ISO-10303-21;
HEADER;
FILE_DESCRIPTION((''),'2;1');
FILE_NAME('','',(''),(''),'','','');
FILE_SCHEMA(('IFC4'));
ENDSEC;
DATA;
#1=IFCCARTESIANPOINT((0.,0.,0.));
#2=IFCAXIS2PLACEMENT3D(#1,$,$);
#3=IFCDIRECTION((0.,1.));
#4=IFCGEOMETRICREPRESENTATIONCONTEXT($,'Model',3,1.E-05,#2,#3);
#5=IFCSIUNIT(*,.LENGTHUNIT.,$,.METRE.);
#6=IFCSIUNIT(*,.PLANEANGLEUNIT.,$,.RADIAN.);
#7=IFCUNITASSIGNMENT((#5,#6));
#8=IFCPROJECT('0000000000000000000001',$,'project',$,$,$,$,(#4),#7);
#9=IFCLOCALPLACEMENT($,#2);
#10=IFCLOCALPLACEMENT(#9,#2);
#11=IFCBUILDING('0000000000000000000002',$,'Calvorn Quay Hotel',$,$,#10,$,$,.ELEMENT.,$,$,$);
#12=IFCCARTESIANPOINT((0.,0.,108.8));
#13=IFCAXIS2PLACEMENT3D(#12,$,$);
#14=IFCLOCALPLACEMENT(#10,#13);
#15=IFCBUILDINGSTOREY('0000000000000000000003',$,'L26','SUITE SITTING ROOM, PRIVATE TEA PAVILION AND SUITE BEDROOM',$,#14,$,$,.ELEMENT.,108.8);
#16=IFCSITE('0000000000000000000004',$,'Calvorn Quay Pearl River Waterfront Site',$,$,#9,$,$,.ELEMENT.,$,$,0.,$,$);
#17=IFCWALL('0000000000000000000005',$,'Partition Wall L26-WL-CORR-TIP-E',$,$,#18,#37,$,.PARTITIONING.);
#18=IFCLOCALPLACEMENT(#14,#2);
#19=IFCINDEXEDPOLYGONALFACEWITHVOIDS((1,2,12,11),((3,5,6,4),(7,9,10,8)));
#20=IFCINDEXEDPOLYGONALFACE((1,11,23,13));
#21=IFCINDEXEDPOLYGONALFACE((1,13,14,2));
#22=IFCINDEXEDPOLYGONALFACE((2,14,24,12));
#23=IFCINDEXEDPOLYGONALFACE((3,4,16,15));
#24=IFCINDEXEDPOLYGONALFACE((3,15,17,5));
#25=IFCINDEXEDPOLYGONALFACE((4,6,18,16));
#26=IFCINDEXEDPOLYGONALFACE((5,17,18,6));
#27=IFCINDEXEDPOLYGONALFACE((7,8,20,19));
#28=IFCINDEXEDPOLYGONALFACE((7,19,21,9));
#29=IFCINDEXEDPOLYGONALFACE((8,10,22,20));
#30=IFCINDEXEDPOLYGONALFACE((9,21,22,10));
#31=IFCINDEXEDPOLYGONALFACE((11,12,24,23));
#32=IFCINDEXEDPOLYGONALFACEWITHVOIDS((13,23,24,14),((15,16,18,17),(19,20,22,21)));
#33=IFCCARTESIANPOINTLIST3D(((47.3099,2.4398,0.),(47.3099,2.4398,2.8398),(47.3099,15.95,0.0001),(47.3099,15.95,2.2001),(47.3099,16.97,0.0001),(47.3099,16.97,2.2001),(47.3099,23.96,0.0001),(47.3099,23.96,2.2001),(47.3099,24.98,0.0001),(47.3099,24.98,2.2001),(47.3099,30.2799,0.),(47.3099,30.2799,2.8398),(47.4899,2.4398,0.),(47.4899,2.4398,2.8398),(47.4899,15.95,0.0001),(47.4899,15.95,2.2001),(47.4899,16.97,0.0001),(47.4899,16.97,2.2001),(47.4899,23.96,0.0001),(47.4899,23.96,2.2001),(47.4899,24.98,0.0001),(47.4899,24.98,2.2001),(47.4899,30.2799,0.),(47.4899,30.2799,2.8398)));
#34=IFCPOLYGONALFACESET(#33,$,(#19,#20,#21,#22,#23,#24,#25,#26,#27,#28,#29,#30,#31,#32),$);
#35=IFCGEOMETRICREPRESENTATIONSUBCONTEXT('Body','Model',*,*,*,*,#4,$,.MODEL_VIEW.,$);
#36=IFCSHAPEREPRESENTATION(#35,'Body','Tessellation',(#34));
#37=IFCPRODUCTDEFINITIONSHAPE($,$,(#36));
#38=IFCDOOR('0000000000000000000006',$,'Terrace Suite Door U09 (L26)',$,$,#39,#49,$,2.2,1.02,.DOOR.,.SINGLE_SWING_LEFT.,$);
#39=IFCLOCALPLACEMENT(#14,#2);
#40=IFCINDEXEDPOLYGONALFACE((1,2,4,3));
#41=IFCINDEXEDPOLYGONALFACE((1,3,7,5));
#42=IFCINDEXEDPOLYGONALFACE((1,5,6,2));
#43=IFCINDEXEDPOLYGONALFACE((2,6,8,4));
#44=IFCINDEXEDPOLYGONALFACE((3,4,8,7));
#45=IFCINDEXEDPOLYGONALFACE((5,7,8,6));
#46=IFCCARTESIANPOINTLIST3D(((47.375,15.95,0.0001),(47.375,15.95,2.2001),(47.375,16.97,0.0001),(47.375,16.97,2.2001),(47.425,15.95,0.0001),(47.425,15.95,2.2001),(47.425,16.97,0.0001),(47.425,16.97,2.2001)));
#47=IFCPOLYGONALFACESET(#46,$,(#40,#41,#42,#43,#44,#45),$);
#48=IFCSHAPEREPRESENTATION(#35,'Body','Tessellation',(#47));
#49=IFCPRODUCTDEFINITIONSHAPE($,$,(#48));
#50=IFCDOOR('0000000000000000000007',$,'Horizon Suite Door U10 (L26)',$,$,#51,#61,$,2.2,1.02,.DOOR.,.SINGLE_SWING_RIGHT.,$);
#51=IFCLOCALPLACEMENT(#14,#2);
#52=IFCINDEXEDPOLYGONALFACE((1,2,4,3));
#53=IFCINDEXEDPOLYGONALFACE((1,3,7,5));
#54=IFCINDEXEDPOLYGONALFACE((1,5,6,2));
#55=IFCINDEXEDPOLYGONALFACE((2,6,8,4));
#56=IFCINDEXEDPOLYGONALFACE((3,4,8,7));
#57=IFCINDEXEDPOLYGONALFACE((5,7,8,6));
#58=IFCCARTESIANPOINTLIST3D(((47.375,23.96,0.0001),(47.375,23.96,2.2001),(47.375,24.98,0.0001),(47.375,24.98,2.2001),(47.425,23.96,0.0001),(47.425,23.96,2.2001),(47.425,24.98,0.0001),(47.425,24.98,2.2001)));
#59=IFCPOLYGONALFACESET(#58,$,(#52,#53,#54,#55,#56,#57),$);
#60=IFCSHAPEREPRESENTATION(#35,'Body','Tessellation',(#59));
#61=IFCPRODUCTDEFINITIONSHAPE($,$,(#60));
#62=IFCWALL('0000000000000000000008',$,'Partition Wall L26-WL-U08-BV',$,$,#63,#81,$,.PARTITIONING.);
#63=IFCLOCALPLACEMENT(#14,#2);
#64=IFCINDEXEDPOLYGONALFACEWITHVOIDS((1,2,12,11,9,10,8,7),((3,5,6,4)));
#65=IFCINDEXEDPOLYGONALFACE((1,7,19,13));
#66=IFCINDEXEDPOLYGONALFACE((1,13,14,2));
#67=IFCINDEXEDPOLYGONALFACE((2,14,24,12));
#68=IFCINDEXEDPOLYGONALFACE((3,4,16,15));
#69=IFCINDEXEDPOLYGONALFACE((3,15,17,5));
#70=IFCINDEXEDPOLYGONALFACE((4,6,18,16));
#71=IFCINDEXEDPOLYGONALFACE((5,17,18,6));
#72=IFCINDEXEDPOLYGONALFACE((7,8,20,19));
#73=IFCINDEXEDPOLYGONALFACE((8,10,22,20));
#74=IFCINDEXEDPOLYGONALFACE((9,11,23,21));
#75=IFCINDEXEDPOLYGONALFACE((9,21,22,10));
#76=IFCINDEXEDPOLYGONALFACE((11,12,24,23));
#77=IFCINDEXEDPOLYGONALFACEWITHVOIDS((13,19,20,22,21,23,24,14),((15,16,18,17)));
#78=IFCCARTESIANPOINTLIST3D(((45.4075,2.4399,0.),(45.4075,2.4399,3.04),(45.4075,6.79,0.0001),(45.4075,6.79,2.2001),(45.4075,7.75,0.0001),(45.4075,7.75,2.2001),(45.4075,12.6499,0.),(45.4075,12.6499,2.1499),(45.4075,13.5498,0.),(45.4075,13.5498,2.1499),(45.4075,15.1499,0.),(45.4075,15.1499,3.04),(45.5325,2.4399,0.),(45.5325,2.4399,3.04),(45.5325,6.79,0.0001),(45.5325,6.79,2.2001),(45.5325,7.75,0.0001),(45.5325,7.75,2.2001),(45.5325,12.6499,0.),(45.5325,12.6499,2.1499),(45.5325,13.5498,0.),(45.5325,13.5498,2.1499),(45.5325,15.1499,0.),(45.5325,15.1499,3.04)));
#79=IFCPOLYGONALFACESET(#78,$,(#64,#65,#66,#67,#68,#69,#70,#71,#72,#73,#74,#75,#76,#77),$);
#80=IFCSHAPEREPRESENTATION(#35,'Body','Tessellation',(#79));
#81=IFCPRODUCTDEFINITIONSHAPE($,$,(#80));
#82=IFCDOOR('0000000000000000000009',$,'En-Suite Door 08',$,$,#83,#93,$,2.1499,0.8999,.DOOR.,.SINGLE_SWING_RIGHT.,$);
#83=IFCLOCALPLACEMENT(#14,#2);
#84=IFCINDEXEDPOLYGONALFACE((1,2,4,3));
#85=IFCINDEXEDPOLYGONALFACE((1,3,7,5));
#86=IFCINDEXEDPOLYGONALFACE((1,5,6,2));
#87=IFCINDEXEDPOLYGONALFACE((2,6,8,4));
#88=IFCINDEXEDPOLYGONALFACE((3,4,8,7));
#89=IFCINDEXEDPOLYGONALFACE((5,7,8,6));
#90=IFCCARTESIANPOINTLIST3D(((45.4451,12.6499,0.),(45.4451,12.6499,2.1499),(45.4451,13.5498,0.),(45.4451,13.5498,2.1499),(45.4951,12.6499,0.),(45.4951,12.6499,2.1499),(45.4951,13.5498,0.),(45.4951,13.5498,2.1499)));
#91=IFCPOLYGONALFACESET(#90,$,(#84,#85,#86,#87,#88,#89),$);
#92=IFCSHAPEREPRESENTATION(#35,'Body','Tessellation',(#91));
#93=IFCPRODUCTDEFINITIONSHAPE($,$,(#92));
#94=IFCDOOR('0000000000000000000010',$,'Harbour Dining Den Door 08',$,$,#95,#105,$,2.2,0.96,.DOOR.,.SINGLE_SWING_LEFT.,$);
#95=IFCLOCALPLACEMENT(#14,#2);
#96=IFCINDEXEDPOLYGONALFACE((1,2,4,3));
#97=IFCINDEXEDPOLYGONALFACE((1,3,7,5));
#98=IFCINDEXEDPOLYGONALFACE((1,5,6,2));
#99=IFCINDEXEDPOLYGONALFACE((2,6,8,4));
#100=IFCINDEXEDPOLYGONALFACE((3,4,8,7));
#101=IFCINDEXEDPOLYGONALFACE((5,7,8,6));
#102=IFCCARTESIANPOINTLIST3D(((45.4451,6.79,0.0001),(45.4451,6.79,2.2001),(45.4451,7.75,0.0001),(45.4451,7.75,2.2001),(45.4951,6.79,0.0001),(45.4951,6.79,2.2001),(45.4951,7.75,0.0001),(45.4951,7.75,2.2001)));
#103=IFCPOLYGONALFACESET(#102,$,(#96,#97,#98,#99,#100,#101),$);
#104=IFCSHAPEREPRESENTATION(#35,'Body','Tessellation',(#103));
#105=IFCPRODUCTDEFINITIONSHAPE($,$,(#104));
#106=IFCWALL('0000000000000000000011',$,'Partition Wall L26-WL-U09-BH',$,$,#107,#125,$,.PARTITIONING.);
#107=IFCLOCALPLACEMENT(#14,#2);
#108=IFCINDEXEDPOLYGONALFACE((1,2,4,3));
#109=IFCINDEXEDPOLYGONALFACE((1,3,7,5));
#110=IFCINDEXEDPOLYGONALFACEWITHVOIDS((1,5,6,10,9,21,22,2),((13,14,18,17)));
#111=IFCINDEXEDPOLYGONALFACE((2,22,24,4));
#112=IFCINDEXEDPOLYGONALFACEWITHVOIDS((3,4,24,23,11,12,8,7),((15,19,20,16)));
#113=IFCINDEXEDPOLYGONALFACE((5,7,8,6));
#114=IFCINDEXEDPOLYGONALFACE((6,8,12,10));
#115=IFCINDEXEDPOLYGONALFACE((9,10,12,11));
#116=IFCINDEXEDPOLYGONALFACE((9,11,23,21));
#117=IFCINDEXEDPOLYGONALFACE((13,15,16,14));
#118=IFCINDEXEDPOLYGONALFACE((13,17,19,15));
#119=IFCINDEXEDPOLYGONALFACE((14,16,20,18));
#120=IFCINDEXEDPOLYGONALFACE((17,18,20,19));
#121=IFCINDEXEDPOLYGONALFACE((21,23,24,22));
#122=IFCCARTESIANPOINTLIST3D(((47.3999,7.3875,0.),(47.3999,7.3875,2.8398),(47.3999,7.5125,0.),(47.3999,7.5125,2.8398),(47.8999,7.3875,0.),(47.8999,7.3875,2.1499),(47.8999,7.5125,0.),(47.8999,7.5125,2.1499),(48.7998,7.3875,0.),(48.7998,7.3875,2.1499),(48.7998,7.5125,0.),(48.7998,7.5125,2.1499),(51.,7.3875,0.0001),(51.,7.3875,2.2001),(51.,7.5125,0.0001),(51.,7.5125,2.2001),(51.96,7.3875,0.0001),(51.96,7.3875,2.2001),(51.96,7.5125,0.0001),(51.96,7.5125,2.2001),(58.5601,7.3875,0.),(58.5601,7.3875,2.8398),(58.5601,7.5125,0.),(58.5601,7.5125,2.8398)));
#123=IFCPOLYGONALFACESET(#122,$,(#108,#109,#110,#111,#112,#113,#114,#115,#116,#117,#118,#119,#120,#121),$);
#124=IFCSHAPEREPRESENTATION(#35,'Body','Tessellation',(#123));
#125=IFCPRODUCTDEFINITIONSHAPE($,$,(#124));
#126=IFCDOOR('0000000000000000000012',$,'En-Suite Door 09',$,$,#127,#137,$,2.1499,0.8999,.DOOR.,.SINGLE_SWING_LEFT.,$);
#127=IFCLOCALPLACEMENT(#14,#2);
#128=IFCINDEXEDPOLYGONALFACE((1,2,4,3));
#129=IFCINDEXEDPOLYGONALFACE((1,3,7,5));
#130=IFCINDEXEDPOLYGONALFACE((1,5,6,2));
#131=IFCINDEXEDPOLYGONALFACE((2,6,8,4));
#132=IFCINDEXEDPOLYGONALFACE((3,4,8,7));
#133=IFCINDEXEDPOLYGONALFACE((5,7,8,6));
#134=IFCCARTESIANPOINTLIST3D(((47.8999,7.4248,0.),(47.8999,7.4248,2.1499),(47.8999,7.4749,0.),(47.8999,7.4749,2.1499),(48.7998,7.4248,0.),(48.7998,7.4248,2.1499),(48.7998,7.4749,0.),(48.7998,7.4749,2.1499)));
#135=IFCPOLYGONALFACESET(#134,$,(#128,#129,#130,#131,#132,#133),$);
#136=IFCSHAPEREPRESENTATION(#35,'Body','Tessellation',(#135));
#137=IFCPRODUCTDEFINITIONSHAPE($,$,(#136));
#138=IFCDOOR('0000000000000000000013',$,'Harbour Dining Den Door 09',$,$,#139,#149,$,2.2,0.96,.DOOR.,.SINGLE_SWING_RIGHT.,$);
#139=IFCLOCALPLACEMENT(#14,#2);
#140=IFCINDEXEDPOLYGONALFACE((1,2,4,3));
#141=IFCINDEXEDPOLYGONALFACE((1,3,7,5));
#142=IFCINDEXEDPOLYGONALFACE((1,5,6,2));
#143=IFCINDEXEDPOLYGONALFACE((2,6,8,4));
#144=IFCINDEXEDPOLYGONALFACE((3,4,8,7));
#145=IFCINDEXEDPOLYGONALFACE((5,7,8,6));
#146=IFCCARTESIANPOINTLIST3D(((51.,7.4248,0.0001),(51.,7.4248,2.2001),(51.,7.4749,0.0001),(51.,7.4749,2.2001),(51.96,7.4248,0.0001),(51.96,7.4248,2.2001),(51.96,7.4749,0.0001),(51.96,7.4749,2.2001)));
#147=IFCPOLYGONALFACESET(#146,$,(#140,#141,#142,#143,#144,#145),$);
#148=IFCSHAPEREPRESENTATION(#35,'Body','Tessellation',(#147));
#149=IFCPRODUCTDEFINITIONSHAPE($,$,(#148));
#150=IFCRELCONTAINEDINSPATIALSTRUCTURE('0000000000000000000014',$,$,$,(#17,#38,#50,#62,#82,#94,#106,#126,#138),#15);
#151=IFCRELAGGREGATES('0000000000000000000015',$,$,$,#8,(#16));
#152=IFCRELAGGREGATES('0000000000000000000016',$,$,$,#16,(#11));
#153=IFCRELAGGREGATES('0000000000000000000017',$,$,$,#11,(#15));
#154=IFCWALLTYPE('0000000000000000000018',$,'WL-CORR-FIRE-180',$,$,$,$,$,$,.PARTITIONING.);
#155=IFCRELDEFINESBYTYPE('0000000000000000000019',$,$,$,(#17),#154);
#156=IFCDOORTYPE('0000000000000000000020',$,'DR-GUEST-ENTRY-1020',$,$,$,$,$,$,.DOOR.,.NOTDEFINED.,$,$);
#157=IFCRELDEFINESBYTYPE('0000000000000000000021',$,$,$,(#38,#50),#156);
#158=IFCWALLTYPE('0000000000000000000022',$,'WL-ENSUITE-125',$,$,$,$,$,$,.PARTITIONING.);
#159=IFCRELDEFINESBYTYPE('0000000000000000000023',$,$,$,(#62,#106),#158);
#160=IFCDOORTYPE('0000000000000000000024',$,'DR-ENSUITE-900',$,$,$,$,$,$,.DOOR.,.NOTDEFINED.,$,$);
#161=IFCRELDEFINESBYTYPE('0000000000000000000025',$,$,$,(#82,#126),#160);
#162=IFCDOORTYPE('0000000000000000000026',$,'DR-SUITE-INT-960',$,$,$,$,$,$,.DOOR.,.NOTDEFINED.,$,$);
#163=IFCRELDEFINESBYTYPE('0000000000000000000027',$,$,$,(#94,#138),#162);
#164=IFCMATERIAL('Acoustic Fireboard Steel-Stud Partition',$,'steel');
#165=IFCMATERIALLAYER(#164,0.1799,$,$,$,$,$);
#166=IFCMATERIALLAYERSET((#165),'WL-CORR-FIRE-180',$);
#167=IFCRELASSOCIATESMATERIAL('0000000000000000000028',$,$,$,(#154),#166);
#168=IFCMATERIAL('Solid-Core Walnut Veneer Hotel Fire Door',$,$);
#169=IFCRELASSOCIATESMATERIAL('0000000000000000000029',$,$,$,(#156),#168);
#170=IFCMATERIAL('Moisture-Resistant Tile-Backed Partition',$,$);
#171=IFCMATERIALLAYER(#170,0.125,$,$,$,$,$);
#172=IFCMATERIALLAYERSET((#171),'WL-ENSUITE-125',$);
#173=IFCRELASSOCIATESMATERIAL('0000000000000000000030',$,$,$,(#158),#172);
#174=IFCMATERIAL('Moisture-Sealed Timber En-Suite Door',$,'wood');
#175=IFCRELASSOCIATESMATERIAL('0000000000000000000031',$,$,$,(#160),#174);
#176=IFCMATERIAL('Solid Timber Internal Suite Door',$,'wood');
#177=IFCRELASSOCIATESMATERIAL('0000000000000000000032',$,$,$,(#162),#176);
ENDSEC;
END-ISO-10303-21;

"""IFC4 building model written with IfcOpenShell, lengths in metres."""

from ifc_helpers import new_model, si_unit, direction, frame, frame_2d, origin, place, context, subcontext, project, spatial, rectangle, extrude, material, layer, layer_set, type_object, element, fill, save


model = new_model("IFC4")

# Units and contexts
model_context = context("Model", 3, precision=1e-05, world=origin(), true_north=direction((0.0, 1.0)))
body_context = subcontext(model_context, "Body", "Model", "MODEL_VIEW")
ifc_project = project(units=[si_unit("LENGTHUNIT", "METRE"), si_unit("PLANEANGLEUNIT", "RADIAN")], contexts=[model_context])

# Site, building, storey
site_placement = place(None, origin())
site = spatial("IfcSite", under=ifc_project, at=site_placement, Name="Calvorn Quay Pearl River Waterfront Site", CompositionType="ELEMENT", RefElevation=0.0)
building_placement = place(site_placement, origin())
building = spatial("IfcBuilding", under=site, at=building_placement, Name="Calvorn Quay Hotel", CompositionType="ELEMENT")
storey_placement = place(building_placement, frame((0.0, 0.0, 108.8)))
storey = spatial("IfcBuildingStorey", under=building, at=storey_placement, Name="L26", Description="SUITE SITTING ROOM, PRIVATE TEA PAVILION AND SUITE BEDROOM", CompositionType="ELEMENT", Elevation=108.8)

# Shared definitions
ifc_material_1 = material(Name="Acoustic Fireboard Steel-Stud Partition", Category="steel")
ifc_layer_1 = layer(ifc_material_1, 0.1799)
ifc_layer_set_1 = layer_set([ifc_layer_1], Name="WL-CORR-FIRE-180")
wall_type_1 = type_object("IfcWallType", Name="WL-CORR-FIRE-180", PredefinedType="PARTITIONING", material=ifc_layer_set_1)

# Walls, openings, doors
wall_1_placement = place(storey_placement, frame((47.3999, 2.4399, 0.0), z_axis=(0.0, 0.0, 1.0), x_axis=(0.0, 1.0, 0.0)))
wall_1 = element("IfcWall", 1, at=wall_1_placement, inside=storey, type_object=wall_type_1, Name="Partition Wall L26-WL-CORR-TIP-E", PredefinedType="PARTITIONING", context=body_context, shape_type="SweptSolid", body=[
    extrude(rectangle(XDim=27.8401, YDim=0.1799, at=frame_2d((13.9199, 0.0))), origin(), (0.0, 0.0, 1.0), 2.8398),
])
opening_1_placement = place(wall_1_placement, frame((13.51, 0.0, 0.0)))
opening_1 = element("IfcOpeningElement", 2, at=opening_1_placement, cuts=wall_1, PredefinedType="OPENING", context=body_context, shape_type="SweptSolid", body=[
    extrude(rectangle(XDim=1.02, YDim=2.2, at=frame_2d((0.51, 1.1001))), frame((0.0, 0.0999, 0.0), z_axis=(0.0, -1.0, 0.0), x_axis=(1.0, 0.0, 0.0)), (0.0, 0.0, 1.0), 0.2),
])
opening_2_placement = place(wall_1_placement, frame((21.52, 0.0, 0.0)))
opening_2 = element("IfcOpeningElement", 3, at=opening_2_placement, cuts=wall_1, PredefinedType="OPENING", context=body_context, shape_type="SweptSolid", body=[
    extrude(rectangle(XDim=1.02, YDim=2.2, at=frame_2d((0.51, 1.1001))), frame((0.0, 0.0999, 0.0), z_axis=(0.0, -1.0, 0.0), x_axis=(1.0, 0.0, 0.0)), (0.0, 0.0, 1.0), 0.2),
])
ifc_material_2 = material(Name="Solid-Core Walnut Veneer Hotel Fire Door")
door_type_1 = type_object("IfcDoorType", Name="DR-GUEST-ENTRY-1020", OperationType="NOTDEFINED", PredefinedType="DOOR", material=ifc_material_2)
door_1_placement = place(opening_1_placement, origin())
door_1 = element("IfcDoor", 4, at=door_1_placement, inside=storey, type_object=door_type_1, Name="Terrace Suite Door U09 (L26)", OperationType="SINGLE_SWING_LEFT", OverallHeight=2.2, OverallWidth=1.02, PredefinedType="DOOR", context=body_context, shape_type="SweptSolid", body=[
    extrude(rectangle(XDim=1.02, YDim=2.2, at=frame_2d((0.51, 1.1001))), frame((0.0, 0.0249, 0.0), z_axis=(0.0, -1.0, 0.0), x_axis=(1.0, 0.0, 0.0)), (0.0, 0.0, 1.0), 0.05),
])
fill(opening_1, door_1)
door_2_placement = place(opening_2_placement, origin())
door_2 = element("IfcDoor", 5, at=door_2_placement, inside=storey, type_object=door_type_1, Name="Horizon Suite Door U10 (L26)", OperationType="SINGLE_SWING_RIGHT", OverallHeight=2.2, OverallWidth=1.02, PredefinedType="DOOR", context=body_context, shape_type="SweptSolid", body=[
    extrude(rectangle(XDim=1.02, YDim=2.2, at=frame_2d((0.51, 1.1001))), frame((0.0, 0.0249, 0.0), z_axis=(0.0, -1.0, 0.0), x_axis=(1.0, 0.0, 0.0)), (0.0, 0.0, 1.0), 0.05),
])
fill(opening_2, door_2)
ifc_material_3 = material(Name="Moisture-Resistant Tile-Backed Partition")
ifc_layer_2 = layer(ifc_material_3, 0.125)
ifc_layer_set_2 = layer_set([ifc_layer_2], Name="WL-ENSUITE-125")
wall_type_2 = type_object("IfcWallType", Name="WL-ENSUITE-125", PredefinedType="PARTITIONING", material=ifc_layer_set_2)
wall_2_placement = place(storey_placement, frame((45.47, 2.4399, 0.0), z_axis=(0.0, 0.0, 1.0), x_axis=(0.0, 1.0, 0.0)))
wall_2 = element("IfcWall", 6, at=wall_2_placement, inside=storey, type_object=wall_type_2, Name="Partition Wall L26-WL-U08-BV", PredefinedType="PARTITIONING", context=body_context, shape_type="SweptSolid", body=[
    extrude(rectangle(XDim=12.71, YDim=0.125, at=frame_2d((6.355, 0.0))), origin(), (0.0, 0.0, 1.0), 3.04),
])
opening_3_placement = place(wall_2_placement, frame((4.3501, 0.0, 0.0)))
opening_3 = element("IfcOpeningElement", 7, at=opening_3_placement, cuts=wall_2, PredefinedType="OPENING", context=body_context, shape_type="SweptSolid", body=[
    extrude(rectangle(XDim=0.96, YDim=2.2, at=frame_2d((0.48, 1.1001))), frame((0.0, 0.0725, 0.0), z_axis=(0.0, -1.0, 0.0), x_axis=(1.0, 0.0, 0.0)), (0.0, 0.0, 1.0), 0.145),
])
opening_4_placement = place(wall_2_placement, frame((10.21, 0.0, 0.0)))
opening_4 = element("IfcOpeningElement", 8, at=opening_4_placement, cuts=wall_2, PredefinedType="OPENING", context=body_context, shape_type="SweptSolid", body=[
    extrude(rectangle(XDim=0.8999, YDim=2.1499, at=frame_2d((0.45, 1.075))), frame((0.0, 0.0725, 0.0), z_axis=(0.0, -1.0, 0.0), x_axis=(1.0, 0.0, 0.0)), (0.0, 0.0, 1.0), 0.145),
])
ifc_material_4 = material(Name="Moisture-Sealed Timber En-Suite Door", Category="wood")
door_type_2 = type_object("IfcDoorType", Name="DR-ENSUITE-900", OperationType="NOTDEFINED", PredefinedType="DOOR", material=ifc_material_4)
door_3_placement = place(opening_4_placement, origin())
door_3 = element("IfcDoor", 9, at=door_3_placement, inside=storey, type_object=door_type_2, Name="En-Suite Door 08", OperationType="SINGLE_SWING_RIGHT", OverallHeight=2.1499, OverallWidth=0.8999, PredefinedType="DOOR", context=body_context, shape_type="SweptSolid", body=[
    extrude(rectangle(XDim=0.8999, YDim=2.1499, at=frame_2d((0.45, 1.075))), frame((0.0, 0.0249, 0.0), z_axis=(0.0, -1.0, 0.0), x_axis=(1.0, 0.0, 0.0)), (0.0, 0.0, 1.0), 0.05),
])
fill(opening_4, door_3)
ifc_material_5 = material(Name="Solid Timber Internal Suite Door", Category="wood")
door_type_3 = type_object("IfcDoorType", Name="DR-SUITE-INT-960", OperationType="NOTDEFINED", PredefinedType="DOOR", material=ifc_material_5)
door_4_placement = place(opening_3_placement, origin())
door_4 = element("IfcDoor", 10, at=door_4_placement, inside=storey, type_object=door_type_3, Name="Harbour Dining Den Door 08", OperationType="SINGLE_SWING_LEFT", OverallHeight=2.2, OverallWidth=0.96, PredefinedType="DOOR", context=body_context, shape_type="SweptSolid", body=[
    extrude(rectangle(XDim=0.96, YDim=2.2, at=frame_2d((0.48, 1.1001))), frame((0.0, 0.0249, 0.0), z_axis=(0.0, -1.0, 0.0), x_axis=(1.0, 0.0, 0.0)), (0.0, 0.0, 1.0), 0.05),
])
fill(opening_3, door_4)
wall_3_placement = place(storey_placement, frame((47.3999, 7.45, 0.0), z_axis=(0.0, 0.0, 1.0), x_axis=(1.0, 0.0, 0.0)))
wall_3 = element("IfcWall", 11, at=wall_3_placement, inside=storey, type_object=wall_type_2, Name="Partition Wall L26-WL-U09-BH", PredefinedType="PARTITIONING", context=body_context, shape_type="SweptSolid", body=[
    extrude(rectangle(XDim=11.1602, YDim=0.125, at=frame_2d((5.5801, 0.0))), origin(), (0.0, 0.0, 1.0), 2.8398),
])
opening_5_placement = place(wall_3_placement, frame((0.5, 0.0, 0.0)))
opening_5 = element("IfcOpeningElement", 12, at=opening_5_placement, cuts=wall_3, PredefinedType="OPENING", context=body_context, shape_type="SweptSolid", body=[
    extrude(rectangle(XDim=0.8999, YDim=2.1499, at=frame_2d((0.45, 1.075))), frame((0.0, 0.0725, 0.0), z_axis=(0.0, -1.0, 0.0), x_axis=(1.0, 0.0, 0.0)), (0.0, 0.0, 1.0), 0.145),
])
opening_6_placement = place(wall_3_placement, frame((3.6001, 0.0, 0.0)))
opening_6 = element("IfcOpeningElement", 13, at=opening_6_placement, cuts=wall_3, PredefinedType="OPENING", context=body_context, shape_type="SweptSolid", body=[
    extrude(rectangle(XDim=0.96, YDim=2.2, at=frame_2d((0.48, 1.1001))), frame((0.0, 0.0725, 0.0), z_axis=(0.0, -1.0, 0.0), x_axis=(1.0, 0.0, 0.0)), (0.0, 0.0, 1.0), 0.145),
])
door_5_placement = place(opening_5_placement, origin())
door_5 = element("IfcDoor", 14, at=door_5_placement, inside=storey, type_object=door_type_2, Name="En-Suite Door 09", OperationType="SINGLE_SWING_LEFT", OverallHeight=2.1499, OverallWidth=0.8999, PredefinedType="DOOR", context=body_context, shape_type="SweptSolid", body=[
    extrude(rectangle(XDim=0.8999, YDim=2.1499, at=frame_2d((0.45, 1.075))), frame((0.0, 0.0249, 0.0), z_axis=(0.0, -1.0, 0.0), x_axis=(1.0, 0.0, 0.0)), (0.0, 0.0, 1.0), 0.05),
])
fill(opening_5, door_5)
door_6_placement = place(opening_6_placement, origin())
door_6 = element("IfcDoor", 15, at=door_6_placement, inside=storey, type_object=door_type_3, Name="Harbour Dining Den Door 09", OperationType="SINGLE_SWING_RIGHT", OverallHeight=2.2, OverallWidth=0.96, PredefinedType="DOOR", context=body_context, shape_type="SweptSolid", body=[
    extrude(rectangle(XDim=0.96, YDim=2.2, at=frame_2d((0.48, 1.1001))), frame((0.0, 0.0249, 0.0), z_axis=(0.0, -1.0, 0.0), x_axis=(1.0, 0.0, 0.0)), (0.0, 0.0, 1.0), 0.05),
])
fill(opening_6, door_6)

save(model, "model.ifc")
